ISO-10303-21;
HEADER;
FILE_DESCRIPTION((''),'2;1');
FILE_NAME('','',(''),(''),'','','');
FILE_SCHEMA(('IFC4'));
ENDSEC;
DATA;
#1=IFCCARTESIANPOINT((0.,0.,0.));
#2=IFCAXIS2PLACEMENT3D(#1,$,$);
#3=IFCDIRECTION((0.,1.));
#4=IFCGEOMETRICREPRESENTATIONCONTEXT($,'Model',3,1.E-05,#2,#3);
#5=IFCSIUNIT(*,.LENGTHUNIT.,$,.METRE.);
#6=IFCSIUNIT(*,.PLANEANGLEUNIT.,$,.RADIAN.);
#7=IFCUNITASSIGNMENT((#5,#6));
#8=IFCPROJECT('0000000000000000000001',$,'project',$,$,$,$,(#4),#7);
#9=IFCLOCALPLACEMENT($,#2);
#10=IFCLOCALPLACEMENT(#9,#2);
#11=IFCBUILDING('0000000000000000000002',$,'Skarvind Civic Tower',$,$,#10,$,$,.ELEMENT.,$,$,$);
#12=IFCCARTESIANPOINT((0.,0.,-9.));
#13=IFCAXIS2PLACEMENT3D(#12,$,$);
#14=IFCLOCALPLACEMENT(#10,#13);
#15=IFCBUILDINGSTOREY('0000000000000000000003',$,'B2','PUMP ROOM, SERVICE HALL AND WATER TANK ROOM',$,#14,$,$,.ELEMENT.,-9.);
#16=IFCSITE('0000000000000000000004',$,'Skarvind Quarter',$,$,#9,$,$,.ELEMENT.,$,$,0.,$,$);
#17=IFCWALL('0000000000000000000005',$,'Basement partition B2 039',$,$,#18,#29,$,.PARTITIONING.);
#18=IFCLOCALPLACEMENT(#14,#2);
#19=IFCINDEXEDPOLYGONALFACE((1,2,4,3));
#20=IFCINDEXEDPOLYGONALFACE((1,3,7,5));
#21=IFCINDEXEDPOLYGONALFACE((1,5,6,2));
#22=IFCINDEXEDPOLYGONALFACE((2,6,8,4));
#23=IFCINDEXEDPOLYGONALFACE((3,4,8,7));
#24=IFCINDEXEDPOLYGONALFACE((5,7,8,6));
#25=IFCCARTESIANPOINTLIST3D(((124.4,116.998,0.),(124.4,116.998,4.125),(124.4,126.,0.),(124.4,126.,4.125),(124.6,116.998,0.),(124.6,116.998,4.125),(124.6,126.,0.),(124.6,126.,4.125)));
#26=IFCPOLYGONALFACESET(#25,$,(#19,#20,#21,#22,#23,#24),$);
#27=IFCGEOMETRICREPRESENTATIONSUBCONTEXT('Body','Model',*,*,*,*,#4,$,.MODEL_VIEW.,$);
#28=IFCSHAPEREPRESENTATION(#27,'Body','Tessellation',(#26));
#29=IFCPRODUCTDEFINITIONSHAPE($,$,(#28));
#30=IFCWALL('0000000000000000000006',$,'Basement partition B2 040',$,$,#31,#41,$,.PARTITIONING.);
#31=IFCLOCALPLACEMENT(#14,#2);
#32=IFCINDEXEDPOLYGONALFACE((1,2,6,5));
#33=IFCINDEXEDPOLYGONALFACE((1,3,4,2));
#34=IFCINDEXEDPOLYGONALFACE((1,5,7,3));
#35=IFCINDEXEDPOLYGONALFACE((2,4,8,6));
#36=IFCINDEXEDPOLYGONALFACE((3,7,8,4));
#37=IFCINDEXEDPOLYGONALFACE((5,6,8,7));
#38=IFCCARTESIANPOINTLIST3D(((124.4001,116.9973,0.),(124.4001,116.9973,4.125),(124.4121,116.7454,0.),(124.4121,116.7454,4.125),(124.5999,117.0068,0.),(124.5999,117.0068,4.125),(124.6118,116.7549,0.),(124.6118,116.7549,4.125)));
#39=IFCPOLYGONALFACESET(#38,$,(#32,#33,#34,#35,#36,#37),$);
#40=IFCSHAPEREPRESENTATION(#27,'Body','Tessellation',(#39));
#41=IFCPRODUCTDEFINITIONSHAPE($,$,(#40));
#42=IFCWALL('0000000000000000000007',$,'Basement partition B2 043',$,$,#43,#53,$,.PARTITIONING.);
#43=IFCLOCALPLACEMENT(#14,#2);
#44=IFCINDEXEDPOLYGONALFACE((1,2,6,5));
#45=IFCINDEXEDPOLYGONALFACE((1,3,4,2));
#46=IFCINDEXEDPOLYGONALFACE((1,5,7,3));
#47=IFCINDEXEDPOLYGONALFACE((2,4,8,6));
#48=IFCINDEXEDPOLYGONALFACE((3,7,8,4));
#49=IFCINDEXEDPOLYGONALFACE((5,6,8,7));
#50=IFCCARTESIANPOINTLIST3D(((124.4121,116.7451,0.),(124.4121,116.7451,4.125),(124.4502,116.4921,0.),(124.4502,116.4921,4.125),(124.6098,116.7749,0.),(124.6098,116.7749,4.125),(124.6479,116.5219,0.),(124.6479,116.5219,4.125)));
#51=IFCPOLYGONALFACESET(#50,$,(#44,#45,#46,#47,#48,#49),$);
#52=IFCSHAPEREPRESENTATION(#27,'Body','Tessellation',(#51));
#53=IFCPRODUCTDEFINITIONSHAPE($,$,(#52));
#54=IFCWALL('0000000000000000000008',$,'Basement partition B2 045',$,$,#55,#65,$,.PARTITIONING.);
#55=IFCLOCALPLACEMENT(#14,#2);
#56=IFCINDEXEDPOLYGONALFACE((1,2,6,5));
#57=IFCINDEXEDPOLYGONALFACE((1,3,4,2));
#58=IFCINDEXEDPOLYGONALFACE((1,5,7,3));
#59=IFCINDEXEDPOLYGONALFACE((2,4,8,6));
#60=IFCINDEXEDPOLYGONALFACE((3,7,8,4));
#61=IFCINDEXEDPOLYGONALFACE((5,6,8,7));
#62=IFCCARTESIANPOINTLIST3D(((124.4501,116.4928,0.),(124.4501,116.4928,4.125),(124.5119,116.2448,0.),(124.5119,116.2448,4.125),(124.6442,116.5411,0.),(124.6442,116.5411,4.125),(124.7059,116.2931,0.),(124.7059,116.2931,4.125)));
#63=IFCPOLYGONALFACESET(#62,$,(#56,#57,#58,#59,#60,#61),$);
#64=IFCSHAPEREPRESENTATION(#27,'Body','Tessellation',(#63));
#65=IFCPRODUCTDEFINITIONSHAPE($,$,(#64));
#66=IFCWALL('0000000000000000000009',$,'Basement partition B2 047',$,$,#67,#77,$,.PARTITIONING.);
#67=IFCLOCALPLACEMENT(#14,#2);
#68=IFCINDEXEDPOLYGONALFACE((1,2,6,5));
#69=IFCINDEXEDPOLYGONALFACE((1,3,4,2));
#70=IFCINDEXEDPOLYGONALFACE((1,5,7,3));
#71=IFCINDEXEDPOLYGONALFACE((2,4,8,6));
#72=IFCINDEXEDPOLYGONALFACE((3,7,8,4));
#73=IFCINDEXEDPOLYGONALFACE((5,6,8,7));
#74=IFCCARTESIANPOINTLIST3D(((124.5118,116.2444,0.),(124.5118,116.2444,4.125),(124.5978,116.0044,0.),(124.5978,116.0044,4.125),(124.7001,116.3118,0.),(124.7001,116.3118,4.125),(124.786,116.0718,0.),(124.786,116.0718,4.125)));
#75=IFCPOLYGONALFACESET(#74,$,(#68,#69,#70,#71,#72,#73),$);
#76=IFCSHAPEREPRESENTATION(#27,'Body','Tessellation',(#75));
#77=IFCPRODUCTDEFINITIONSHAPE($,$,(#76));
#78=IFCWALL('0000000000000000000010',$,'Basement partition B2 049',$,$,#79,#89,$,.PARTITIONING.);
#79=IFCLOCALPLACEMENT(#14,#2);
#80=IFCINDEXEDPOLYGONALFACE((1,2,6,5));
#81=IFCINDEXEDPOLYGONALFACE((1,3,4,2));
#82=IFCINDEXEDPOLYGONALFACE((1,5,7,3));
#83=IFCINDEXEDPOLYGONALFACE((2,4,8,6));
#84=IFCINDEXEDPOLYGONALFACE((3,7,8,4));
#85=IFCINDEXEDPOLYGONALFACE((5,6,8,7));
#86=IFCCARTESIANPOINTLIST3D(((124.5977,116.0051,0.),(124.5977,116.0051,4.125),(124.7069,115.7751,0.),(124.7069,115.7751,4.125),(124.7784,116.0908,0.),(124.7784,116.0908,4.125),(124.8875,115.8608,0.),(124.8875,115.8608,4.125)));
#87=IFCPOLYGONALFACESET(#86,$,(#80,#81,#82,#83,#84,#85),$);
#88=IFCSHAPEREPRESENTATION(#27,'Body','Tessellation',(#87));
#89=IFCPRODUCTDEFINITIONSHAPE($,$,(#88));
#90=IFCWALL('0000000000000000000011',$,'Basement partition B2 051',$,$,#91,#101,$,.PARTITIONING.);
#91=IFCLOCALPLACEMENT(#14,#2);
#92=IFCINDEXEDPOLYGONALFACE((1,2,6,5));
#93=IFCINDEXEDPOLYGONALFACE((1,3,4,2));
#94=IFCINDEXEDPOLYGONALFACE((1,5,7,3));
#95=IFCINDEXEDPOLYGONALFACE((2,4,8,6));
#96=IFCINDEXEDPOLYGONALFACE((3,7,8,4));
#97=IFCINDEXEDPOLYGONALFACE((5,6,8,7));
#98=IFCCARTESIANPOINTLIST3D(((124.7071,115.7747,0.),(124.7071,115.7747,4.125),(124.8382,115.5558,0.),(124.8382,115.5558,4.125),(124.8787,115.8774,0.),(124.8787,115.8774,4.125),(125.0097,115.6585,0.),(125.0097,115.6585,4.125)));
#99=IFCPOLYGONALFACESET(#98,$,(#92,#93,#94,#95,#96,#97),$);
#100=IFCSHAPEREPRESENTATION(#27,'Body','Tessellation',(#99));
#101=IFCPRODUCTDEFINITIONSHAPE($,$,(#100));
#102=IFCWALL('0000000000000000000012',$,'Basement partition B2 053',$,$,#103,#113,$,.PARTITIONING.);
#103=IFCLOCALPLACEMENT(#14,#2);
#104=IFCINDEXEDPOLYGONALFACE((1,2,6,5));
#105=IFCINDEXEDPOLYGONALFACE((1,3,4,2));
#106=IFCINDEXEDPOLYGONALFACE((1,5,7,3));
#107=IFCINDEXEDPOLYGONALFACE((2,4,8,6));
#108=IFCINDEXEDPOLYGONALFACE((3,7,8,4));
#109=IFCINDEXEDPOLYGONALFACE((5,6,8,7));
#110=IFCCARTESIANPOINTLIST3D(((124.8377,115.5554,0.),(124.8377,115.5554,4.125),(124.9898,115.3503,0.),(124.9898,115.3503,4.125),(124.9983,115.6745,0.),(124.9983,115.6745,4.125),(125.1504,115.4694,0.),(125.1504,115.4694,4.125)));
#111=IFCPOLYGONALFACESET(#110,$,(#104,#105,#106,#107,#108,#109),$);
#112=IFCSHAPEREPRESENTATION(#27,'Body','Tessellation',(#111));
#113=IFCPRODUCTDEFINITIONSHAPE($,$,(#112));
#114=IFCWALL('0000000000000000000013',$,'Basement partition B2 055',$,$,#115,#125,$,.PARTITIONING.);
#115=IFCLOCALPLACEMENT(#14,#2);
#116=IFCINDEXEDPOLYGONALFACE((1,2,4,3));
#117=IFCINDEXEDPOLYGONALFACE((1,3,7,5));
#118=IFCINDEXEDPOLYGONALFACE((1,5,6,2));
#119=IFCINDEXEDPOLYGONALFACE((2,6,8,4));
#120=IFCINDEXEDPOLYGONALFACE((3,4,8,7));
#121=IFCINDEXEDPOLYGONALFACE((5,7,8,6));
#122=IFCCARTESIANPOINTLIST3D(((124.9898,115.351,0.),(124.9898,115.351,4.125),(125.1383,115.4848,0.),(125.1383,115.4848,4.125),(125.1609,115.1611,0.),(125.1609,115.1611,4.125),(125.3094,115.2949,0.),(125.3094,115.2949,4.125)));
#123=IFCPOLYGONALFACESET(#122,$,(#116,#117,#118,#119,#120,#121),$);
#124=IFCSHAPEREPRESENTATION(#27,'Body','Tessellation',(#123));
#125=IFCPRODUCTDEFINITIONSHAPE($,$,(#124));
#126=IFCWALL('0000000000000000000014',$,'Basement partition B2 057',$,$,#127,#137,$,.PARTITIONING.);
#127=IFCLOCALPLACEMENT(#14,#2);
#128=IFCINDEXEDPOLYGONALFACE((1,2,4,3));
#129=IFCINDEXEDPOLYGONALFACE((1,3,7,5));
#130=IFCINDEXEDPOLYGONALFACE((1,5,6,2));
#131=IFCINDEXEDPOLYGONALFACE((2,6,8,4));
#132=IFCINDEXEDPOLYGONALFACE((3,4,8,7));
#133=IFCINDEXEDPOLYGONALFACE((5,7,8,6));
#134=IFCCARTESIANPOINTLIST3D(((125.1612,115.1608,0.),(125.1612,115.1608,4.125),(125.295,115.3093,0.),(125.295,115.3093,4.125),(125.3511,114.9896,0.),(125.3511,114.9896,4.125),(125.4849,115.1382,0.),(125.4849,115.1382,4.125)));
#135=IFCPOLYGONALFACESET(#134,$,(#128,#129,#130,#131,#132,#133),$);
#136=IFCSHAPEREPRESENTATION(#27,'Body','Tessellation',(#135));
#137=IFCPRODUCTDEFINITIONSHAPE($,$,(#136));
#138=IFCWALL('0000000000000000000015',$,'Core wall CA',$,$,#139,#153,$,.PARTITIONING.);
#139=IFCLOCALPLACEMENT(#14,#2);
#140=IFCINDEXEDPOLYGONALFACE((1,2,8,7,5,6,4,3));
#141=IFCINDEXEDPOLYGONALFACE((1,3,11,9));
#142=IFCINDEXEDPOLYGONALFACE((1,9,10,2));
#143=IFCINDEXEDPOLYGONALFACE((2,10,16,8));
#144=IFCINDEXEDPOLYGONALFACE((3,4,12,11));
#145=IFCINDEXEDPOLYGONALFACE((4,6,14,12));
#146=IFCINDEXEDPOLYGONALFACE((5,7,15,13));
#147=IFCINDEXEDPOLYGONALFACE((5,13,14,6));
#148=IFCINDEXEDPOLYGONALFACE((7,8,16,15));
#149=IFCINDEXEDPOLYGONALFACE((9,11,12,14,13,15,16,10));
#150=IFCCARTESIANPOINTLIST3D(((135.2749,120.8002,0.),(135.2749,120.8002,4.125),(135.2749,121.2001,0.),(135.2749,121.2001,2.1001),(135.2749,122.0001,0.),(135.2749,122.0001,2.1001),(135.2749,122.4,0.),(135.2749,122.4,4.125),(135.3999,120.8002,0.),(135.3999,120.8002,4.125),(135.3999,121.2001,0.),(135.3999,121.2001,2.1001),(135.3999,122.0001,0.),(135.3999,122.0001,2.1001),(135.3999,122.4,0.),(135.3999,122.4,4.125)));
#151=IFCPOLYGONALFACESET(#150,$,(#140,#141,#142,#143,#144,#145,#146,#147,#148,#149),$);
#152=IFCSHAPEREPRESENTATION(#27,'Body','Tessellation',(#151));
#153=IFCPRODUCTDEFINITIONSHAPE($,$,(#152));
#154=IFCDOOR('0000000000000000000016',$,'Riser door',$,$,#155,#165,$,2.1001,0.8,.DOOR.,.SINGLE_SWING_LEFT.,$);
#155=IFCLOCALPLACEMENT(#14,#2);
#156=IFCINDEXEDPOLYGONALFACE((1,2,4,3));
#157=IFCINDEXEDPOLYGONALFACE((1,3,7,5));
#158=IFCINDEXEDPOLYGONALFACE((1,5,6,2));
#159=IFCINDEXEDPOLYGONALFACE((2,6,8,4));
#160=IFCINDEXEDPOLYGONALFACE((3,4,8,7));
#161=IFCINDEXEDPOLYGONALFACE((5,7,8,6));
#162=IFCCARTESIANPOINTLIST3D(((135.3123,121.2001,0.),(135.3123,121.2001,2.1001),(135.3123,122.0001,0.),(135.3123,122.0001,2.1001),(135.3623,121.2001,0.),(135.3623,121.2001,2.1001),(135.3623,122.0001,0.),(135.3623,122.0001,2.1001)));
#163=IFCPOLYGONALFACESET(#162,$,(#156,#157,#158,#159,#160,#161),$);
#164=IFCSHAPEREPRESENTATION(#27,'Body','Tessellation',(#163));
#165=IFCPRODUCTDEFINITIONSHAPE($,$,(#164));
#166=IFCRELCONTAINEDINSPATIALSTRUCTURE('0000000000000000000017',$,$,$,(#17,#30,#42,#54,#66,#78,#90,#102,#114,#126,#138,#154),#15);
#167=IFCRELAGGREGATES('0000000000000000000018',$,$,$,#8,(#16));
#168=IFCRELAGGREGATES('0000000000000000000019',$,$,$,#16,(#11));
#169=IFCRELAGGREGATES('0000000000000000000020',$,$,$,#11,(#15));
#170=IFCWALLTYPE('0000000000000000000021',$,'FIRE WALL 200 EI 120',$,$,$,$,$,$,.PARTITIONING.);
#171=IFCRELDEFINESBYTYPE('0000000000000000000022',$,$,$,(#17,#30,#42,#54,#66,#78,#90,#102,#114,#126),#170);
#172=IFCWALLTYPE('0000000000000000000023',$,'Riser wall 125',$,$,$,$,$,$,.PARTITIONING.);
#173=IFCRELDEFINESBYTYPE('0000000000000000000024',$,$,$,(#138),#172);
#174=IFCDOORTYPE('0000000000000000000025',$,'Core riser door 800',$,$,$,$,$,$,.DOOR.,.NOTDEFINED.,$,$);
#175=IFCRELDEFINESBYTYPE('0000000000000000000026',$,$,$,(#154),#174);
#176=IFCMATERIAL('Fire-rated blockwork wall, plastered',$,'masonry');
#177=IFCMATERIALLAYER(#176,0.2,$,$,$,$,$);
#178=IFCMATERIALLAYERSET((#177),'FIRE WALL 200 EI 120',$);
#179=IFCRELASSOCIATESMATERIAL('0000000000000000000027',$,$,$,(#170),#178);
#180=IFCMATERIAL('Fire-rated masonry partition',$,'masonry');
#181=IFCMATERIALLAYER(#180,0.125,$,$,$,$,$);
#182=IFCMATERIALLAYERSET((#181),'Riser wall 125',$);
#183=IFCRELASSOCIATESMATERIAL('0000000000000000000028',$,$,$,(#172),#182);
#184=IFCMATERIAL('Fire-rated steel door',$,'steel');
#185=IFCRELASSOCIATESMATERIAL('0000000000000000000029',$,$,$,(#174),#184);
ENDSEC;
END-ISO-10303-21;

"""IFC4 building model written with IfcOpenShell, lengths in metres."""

from ifc_helpers import new_model, si_unit, direction, frame, frame_2d, origin, place, context, subcontext, project, spatial, rectangle, extrude, material, layer, layer_set, type_object, element, fill, save


model = new_model("IFC4")

# Units and contexts
model_context = context("Model", 3, precision=1e-05, world=origin(), true_north=direction((0.0, 1.0)))
body_context = subcontext(model_context, "Body", "Model", "MODEL_VIEW")
ifc_project = project(units=[si_unit("LENGTHUNIT", "METRE"), si_unit("PLANEANGLEUNIT", "RADIAN")], contexts=[model_context])

# Site, building, storey
site_placement = place(None, origin())
site = spatial("IfcSite", under=ifc_project, at=site_placement, Name="Skarvind Quarter", CompositionType="ELEMENT", RefElevation=0.0)
building_placement = place(site_placement, origin())
building = spatial("IfcBuilding", under=site, at=building_placement, Name="Skarvind Civic Tower", CompositionType="ELEMENT")
storey_placement = place(building_placement, frame((0.0, 0.0, -9.0)))
storey = spatial("IfcBuildingStorey", under=building, at=storey_placement, Name="B2", Description="PUMP ROOM, SERVICE HALL AND WATER TANK ROOM", CompositionType="ELEMENT", Elevation=-9.0)

# Shared definitions
ifc_material_1 = material(Name="Fire-rated steel door", Category="steel")

# Walls
ifc_material_2 = material(Name="Fire-rated blockwork wall, plastered", Category="masonry")
ifc_layer_1 = layer(ifc_material_2, 0.2)
ifc_layer_set_1 = layer_set([ifc_layer_1], Name="FIRE WALL 200 EI 120")
wall_type_1 = type_object("IfcWallType", Name="FIRE WALL 200 EI 120", PredefinedType="PARTITIONING", material=ifc_layer_set_1)
wall_1_placement = place(storey_placement, frame((124.5, 116.998, 0.0), z_axis=(0.0, 0.0, 1.0), x_axis=(0.0, 1.0, 0.0)))
element("IfcWall", 1, at=wall_1_placement, inside=storey, type_object=wall_type_1, Name="Basement partition B2 039", PredefinedType="PARTITIONING", context=body_context, shape_type="SweptSolid", body=[
    extrude(rectangle(XDim=9.002, YDim=0.2, at=frame_2d((4.501, 0.0))), origin(), (0.0, 0.0, 1.0), 4.125),
])
wall_2_placement = place(storey_placement, frame((124.5, 117.002, 0.0), z_axis=(0.0, 0.0, 1.0), x_axis=(0.047427, -0.998875, 0.0)))
element("IfcWall", 2, at=wall_2_placement, inside=storey, type_object=wall_type_1, Name="Basement partition B2 040", PredefinedType="PARTITIONING", context=body_context, shape_type="SweptSolid", body=[
    extrude(rectangle(XDim=0.2522, YDim=0.2, at=frame_2d((0.126, 0.0))), origin(), (0.0, 0.0, 1.0), 4.125),
])
wall_3_placement = place(storey_placement, frame((124.511, 116.76, 0.0), z_axis=(0.0, 0.0, 1.0), x_axis=(0.148901, -0.988852, 0.0)))
element("IfcWall", 3, at=wall_3_placement, inside=storey, type_object=wall_type_1, Name="Basement partition B2 043", PredefinedType="PARTITIONING", context=body_context, shape_type="SweptSolid", body=[
    extrude(rectangle(XDim=0.2559, YDim=0.2, at=frame_2d((0.1279, 0.0))), origin(), (0.0, 0.0, 1.0), 4.125),
])
wall_4_placement = place(storey_placement, frame((124.5471, 116.5171, 0.0), z_axis=(0.0, 0.0, 1.0), x_axis=(0.241637, -0.970367, 0.0)))
element("IfcWall", 4, at=wall_4_placement, inside=storey, type_object=wall_type_1, Name="Basement partition B2 045", PredefinedType="PARTITIONING", context=body_context, shape_type="SweptSolid", body=[
    extrude(rectangle(XDim=0.2556, YDim=0.2, at=frame_2d((0.1279, 0.0))), origin(), (0.0, 0.0, 1.0), 4.125),
])
wall_5_placement = place(storey_placement, frame((124.606, 116.2781, 0.0), z_axis=(0.0, 0.0, 1.0), x_axis=(0.337125, -0.94146, 0.0)))
element("IfcWall", 5, at=wall_5_placement, inside=storey, type_object=wall_type_1, Name="Basement partition B2 047", PredefinedType="PARTITIONING", context=body_context, shape_type="SweptSolid", body=[
    extrude(rectangle(XDim=0.2549, YDim=0.2, at=frame_2d((0.1274, 0.0))), origin(), (0.0, 0.0, 1.0), 4.125),
])
wall_6_placement = place(storey_placement, frame((124.688, 116.0481, 0.0), z_axis=(0.0, 0.0, 1.0), x_axis=(0.428705, -0.903445, 0.0)))
element("IfcWall", 6, at=wall_6_placement, inside=storey, type_object=wall_type_1, Name="Basement partition B2 049", PredefinedType="PARTITIONING", context=body_context, shape_type="SweptSolid", body=[
    extrude(rectangle(XDim=0.2546, YDim=0.2, at=frame_2d((0.1274, 0.0))), origin(), (0.0, 0.0, 1.0), 4.125),
])
wall_7_placement = place(storey_placement, frame((124.793, 115.8259, 0.0), z_axis=(0.0, 0.0, 1.0), x_axis=(0.513652, -0.857999, 0.0)))
element("IfcWall", 7, at=wall_7_placement, inside=storey, type_object=wall_type_1, Name="Basement partition B2 051", PredefinedType="PARTITIONING", context=body_context, shape_type="SweptSolid", body=[
    extrude(rectangle(XDim=0.2551, YDim=0.2, at=frame_2d((0.1274, 0.0))), origin(), (0.0, 0.0, 1.0), 4.125),
])
wall_8_placement = place(storey_placement, frame((124.918, 115.615, 0.0), z_axis=(0.0, 0.0, 1.0), x_axis=(0.595708, -0.803201, 0.0)))
element("IfcWall", 8, at=wall_8_placement, inside=storey, type_object=wall_type_1, Name="Basement partition B2 053", PredefinedType="PARTITIONING", context=body_context, shape_type="SweptSolid", body=[
    extrude(rectangle(XDim=0.2554, YDim=0.2, at=frame_2d((0.1277, 0.0))), origin(), (0.0, 0.0, 1.0), 4.125),
])
for number, where, z_axis, x_axis, name in (
    (9, (125.064, 115.418, 0.0), (0.0, 0.0, 1.0), (0.669387, -0.742914, 0.0), "Basement partition B2 055"),
    (10, (125.228, 115.2351, 0.0), (0.0, 0.0, 1.0), (0.742914, -0.669387, 0.0), "Basement partition B2 057"),
):
    element("IfcWall", number, at=place(storey_placement, frame(where, z_axis=z_axis, x_axis=x_axis)), inside=storey, type_object=wall_type_1, Name=name, PredefinedType="PARTITIONING", context=body_context, shape_type="SweptSolid", body=[
        extrude(rectangle(XDim=0.2556, YDim=0.2, at=frame_2d((0.1279, 0.0))), origin(), (0.0, 0.0, 1.0), 4.125),
    ])

# Wall, opening, door
ifc_material_3 = material(Name="Fire-rated masonry partition", Category="masonry")
ifc_layer_2 = layer(ifc_material_3, 0.125)
ifc_layer_set_2 = layer_set([ifc_layer_2], Name="Riser wall 125")
wall_type_2 = type_object("IfcWallType", Name="Riser wall 125", PredefinedType="PARTITIONING", material=ifc_layer_set_2)
wall_9_placement = place(storey_placement, frame((135.3374, 122.3999, 0.0), z_axis=(0.0, 0.0, 1.0), x_axis=(0.0, -1.0, 0.0)))
wall_9 = element("IfcWall", 11, at=wall_9_placement, inside=storey, type_object=wall_type_2, Name="Core wall CA", PredefinedType="PARTITIONING", context=body_context, shape_type="SweptSolid", body=[
    extrude(rectangle(XDim=1.5999, YDim=0.125, at=frame_2d((0.7998, 0.0))), origin(), (0.0, 0.0, 1.0), 4.125),
])
opening_1_placement = place(wall_9_placement, frame((0.3999, 0.0, 0.0)))
opening_1 = element("IfcOpeningElement", 12, at=opening_1_placement, cuts=wall_9, PredefinedType="OPENING", context=body_context, shape_type="SweptSolid", body=[
    extrude(rectangle(XDim=0.8, YDim=2.1001, at=frame_2d((0.3999, 1.05))), frame((0.0, 0.0725, 0.0), z_axis=(0.0, -1.0, 0.0), x_axis=(1.0, 0.0, 0.0)), (0.0, 0.0, 1.0), 0.145),
])
door_type_1 = type_object("IfcDoorType", Name="Core riser door 800", OperationType="NOTDEFINED", PredefinedType="DOOR", material=ifc_material_1)
door_1_placement = place(opening_1_placement, origin())
door_1 = element("IfcDoor", 13, at=door_1_placement, inside=storey, type_object=door_type_1, Name="Riser door", OperationType="SINGLE_SWING_LEFT", OverallHeight=2.1001, OverallWidth=0.8, PredefinedType="DOOR", context=body_context, shape_type="SweptSolid", body=[
    extrude(rectangle(XDim=0.8, YDim=2.1001, at=frame_2d((0.3999, 1.05))), frame((0.0, 0.0249, 0.0), z_axis=(0.0, -1.0, 0.0), x_axis=(1.0, 0.0, 0.0)), (0.0, 0.0, 1.0), 0.05),
])
fill(opening_1, door_1)

save(model, "model.ifc")
